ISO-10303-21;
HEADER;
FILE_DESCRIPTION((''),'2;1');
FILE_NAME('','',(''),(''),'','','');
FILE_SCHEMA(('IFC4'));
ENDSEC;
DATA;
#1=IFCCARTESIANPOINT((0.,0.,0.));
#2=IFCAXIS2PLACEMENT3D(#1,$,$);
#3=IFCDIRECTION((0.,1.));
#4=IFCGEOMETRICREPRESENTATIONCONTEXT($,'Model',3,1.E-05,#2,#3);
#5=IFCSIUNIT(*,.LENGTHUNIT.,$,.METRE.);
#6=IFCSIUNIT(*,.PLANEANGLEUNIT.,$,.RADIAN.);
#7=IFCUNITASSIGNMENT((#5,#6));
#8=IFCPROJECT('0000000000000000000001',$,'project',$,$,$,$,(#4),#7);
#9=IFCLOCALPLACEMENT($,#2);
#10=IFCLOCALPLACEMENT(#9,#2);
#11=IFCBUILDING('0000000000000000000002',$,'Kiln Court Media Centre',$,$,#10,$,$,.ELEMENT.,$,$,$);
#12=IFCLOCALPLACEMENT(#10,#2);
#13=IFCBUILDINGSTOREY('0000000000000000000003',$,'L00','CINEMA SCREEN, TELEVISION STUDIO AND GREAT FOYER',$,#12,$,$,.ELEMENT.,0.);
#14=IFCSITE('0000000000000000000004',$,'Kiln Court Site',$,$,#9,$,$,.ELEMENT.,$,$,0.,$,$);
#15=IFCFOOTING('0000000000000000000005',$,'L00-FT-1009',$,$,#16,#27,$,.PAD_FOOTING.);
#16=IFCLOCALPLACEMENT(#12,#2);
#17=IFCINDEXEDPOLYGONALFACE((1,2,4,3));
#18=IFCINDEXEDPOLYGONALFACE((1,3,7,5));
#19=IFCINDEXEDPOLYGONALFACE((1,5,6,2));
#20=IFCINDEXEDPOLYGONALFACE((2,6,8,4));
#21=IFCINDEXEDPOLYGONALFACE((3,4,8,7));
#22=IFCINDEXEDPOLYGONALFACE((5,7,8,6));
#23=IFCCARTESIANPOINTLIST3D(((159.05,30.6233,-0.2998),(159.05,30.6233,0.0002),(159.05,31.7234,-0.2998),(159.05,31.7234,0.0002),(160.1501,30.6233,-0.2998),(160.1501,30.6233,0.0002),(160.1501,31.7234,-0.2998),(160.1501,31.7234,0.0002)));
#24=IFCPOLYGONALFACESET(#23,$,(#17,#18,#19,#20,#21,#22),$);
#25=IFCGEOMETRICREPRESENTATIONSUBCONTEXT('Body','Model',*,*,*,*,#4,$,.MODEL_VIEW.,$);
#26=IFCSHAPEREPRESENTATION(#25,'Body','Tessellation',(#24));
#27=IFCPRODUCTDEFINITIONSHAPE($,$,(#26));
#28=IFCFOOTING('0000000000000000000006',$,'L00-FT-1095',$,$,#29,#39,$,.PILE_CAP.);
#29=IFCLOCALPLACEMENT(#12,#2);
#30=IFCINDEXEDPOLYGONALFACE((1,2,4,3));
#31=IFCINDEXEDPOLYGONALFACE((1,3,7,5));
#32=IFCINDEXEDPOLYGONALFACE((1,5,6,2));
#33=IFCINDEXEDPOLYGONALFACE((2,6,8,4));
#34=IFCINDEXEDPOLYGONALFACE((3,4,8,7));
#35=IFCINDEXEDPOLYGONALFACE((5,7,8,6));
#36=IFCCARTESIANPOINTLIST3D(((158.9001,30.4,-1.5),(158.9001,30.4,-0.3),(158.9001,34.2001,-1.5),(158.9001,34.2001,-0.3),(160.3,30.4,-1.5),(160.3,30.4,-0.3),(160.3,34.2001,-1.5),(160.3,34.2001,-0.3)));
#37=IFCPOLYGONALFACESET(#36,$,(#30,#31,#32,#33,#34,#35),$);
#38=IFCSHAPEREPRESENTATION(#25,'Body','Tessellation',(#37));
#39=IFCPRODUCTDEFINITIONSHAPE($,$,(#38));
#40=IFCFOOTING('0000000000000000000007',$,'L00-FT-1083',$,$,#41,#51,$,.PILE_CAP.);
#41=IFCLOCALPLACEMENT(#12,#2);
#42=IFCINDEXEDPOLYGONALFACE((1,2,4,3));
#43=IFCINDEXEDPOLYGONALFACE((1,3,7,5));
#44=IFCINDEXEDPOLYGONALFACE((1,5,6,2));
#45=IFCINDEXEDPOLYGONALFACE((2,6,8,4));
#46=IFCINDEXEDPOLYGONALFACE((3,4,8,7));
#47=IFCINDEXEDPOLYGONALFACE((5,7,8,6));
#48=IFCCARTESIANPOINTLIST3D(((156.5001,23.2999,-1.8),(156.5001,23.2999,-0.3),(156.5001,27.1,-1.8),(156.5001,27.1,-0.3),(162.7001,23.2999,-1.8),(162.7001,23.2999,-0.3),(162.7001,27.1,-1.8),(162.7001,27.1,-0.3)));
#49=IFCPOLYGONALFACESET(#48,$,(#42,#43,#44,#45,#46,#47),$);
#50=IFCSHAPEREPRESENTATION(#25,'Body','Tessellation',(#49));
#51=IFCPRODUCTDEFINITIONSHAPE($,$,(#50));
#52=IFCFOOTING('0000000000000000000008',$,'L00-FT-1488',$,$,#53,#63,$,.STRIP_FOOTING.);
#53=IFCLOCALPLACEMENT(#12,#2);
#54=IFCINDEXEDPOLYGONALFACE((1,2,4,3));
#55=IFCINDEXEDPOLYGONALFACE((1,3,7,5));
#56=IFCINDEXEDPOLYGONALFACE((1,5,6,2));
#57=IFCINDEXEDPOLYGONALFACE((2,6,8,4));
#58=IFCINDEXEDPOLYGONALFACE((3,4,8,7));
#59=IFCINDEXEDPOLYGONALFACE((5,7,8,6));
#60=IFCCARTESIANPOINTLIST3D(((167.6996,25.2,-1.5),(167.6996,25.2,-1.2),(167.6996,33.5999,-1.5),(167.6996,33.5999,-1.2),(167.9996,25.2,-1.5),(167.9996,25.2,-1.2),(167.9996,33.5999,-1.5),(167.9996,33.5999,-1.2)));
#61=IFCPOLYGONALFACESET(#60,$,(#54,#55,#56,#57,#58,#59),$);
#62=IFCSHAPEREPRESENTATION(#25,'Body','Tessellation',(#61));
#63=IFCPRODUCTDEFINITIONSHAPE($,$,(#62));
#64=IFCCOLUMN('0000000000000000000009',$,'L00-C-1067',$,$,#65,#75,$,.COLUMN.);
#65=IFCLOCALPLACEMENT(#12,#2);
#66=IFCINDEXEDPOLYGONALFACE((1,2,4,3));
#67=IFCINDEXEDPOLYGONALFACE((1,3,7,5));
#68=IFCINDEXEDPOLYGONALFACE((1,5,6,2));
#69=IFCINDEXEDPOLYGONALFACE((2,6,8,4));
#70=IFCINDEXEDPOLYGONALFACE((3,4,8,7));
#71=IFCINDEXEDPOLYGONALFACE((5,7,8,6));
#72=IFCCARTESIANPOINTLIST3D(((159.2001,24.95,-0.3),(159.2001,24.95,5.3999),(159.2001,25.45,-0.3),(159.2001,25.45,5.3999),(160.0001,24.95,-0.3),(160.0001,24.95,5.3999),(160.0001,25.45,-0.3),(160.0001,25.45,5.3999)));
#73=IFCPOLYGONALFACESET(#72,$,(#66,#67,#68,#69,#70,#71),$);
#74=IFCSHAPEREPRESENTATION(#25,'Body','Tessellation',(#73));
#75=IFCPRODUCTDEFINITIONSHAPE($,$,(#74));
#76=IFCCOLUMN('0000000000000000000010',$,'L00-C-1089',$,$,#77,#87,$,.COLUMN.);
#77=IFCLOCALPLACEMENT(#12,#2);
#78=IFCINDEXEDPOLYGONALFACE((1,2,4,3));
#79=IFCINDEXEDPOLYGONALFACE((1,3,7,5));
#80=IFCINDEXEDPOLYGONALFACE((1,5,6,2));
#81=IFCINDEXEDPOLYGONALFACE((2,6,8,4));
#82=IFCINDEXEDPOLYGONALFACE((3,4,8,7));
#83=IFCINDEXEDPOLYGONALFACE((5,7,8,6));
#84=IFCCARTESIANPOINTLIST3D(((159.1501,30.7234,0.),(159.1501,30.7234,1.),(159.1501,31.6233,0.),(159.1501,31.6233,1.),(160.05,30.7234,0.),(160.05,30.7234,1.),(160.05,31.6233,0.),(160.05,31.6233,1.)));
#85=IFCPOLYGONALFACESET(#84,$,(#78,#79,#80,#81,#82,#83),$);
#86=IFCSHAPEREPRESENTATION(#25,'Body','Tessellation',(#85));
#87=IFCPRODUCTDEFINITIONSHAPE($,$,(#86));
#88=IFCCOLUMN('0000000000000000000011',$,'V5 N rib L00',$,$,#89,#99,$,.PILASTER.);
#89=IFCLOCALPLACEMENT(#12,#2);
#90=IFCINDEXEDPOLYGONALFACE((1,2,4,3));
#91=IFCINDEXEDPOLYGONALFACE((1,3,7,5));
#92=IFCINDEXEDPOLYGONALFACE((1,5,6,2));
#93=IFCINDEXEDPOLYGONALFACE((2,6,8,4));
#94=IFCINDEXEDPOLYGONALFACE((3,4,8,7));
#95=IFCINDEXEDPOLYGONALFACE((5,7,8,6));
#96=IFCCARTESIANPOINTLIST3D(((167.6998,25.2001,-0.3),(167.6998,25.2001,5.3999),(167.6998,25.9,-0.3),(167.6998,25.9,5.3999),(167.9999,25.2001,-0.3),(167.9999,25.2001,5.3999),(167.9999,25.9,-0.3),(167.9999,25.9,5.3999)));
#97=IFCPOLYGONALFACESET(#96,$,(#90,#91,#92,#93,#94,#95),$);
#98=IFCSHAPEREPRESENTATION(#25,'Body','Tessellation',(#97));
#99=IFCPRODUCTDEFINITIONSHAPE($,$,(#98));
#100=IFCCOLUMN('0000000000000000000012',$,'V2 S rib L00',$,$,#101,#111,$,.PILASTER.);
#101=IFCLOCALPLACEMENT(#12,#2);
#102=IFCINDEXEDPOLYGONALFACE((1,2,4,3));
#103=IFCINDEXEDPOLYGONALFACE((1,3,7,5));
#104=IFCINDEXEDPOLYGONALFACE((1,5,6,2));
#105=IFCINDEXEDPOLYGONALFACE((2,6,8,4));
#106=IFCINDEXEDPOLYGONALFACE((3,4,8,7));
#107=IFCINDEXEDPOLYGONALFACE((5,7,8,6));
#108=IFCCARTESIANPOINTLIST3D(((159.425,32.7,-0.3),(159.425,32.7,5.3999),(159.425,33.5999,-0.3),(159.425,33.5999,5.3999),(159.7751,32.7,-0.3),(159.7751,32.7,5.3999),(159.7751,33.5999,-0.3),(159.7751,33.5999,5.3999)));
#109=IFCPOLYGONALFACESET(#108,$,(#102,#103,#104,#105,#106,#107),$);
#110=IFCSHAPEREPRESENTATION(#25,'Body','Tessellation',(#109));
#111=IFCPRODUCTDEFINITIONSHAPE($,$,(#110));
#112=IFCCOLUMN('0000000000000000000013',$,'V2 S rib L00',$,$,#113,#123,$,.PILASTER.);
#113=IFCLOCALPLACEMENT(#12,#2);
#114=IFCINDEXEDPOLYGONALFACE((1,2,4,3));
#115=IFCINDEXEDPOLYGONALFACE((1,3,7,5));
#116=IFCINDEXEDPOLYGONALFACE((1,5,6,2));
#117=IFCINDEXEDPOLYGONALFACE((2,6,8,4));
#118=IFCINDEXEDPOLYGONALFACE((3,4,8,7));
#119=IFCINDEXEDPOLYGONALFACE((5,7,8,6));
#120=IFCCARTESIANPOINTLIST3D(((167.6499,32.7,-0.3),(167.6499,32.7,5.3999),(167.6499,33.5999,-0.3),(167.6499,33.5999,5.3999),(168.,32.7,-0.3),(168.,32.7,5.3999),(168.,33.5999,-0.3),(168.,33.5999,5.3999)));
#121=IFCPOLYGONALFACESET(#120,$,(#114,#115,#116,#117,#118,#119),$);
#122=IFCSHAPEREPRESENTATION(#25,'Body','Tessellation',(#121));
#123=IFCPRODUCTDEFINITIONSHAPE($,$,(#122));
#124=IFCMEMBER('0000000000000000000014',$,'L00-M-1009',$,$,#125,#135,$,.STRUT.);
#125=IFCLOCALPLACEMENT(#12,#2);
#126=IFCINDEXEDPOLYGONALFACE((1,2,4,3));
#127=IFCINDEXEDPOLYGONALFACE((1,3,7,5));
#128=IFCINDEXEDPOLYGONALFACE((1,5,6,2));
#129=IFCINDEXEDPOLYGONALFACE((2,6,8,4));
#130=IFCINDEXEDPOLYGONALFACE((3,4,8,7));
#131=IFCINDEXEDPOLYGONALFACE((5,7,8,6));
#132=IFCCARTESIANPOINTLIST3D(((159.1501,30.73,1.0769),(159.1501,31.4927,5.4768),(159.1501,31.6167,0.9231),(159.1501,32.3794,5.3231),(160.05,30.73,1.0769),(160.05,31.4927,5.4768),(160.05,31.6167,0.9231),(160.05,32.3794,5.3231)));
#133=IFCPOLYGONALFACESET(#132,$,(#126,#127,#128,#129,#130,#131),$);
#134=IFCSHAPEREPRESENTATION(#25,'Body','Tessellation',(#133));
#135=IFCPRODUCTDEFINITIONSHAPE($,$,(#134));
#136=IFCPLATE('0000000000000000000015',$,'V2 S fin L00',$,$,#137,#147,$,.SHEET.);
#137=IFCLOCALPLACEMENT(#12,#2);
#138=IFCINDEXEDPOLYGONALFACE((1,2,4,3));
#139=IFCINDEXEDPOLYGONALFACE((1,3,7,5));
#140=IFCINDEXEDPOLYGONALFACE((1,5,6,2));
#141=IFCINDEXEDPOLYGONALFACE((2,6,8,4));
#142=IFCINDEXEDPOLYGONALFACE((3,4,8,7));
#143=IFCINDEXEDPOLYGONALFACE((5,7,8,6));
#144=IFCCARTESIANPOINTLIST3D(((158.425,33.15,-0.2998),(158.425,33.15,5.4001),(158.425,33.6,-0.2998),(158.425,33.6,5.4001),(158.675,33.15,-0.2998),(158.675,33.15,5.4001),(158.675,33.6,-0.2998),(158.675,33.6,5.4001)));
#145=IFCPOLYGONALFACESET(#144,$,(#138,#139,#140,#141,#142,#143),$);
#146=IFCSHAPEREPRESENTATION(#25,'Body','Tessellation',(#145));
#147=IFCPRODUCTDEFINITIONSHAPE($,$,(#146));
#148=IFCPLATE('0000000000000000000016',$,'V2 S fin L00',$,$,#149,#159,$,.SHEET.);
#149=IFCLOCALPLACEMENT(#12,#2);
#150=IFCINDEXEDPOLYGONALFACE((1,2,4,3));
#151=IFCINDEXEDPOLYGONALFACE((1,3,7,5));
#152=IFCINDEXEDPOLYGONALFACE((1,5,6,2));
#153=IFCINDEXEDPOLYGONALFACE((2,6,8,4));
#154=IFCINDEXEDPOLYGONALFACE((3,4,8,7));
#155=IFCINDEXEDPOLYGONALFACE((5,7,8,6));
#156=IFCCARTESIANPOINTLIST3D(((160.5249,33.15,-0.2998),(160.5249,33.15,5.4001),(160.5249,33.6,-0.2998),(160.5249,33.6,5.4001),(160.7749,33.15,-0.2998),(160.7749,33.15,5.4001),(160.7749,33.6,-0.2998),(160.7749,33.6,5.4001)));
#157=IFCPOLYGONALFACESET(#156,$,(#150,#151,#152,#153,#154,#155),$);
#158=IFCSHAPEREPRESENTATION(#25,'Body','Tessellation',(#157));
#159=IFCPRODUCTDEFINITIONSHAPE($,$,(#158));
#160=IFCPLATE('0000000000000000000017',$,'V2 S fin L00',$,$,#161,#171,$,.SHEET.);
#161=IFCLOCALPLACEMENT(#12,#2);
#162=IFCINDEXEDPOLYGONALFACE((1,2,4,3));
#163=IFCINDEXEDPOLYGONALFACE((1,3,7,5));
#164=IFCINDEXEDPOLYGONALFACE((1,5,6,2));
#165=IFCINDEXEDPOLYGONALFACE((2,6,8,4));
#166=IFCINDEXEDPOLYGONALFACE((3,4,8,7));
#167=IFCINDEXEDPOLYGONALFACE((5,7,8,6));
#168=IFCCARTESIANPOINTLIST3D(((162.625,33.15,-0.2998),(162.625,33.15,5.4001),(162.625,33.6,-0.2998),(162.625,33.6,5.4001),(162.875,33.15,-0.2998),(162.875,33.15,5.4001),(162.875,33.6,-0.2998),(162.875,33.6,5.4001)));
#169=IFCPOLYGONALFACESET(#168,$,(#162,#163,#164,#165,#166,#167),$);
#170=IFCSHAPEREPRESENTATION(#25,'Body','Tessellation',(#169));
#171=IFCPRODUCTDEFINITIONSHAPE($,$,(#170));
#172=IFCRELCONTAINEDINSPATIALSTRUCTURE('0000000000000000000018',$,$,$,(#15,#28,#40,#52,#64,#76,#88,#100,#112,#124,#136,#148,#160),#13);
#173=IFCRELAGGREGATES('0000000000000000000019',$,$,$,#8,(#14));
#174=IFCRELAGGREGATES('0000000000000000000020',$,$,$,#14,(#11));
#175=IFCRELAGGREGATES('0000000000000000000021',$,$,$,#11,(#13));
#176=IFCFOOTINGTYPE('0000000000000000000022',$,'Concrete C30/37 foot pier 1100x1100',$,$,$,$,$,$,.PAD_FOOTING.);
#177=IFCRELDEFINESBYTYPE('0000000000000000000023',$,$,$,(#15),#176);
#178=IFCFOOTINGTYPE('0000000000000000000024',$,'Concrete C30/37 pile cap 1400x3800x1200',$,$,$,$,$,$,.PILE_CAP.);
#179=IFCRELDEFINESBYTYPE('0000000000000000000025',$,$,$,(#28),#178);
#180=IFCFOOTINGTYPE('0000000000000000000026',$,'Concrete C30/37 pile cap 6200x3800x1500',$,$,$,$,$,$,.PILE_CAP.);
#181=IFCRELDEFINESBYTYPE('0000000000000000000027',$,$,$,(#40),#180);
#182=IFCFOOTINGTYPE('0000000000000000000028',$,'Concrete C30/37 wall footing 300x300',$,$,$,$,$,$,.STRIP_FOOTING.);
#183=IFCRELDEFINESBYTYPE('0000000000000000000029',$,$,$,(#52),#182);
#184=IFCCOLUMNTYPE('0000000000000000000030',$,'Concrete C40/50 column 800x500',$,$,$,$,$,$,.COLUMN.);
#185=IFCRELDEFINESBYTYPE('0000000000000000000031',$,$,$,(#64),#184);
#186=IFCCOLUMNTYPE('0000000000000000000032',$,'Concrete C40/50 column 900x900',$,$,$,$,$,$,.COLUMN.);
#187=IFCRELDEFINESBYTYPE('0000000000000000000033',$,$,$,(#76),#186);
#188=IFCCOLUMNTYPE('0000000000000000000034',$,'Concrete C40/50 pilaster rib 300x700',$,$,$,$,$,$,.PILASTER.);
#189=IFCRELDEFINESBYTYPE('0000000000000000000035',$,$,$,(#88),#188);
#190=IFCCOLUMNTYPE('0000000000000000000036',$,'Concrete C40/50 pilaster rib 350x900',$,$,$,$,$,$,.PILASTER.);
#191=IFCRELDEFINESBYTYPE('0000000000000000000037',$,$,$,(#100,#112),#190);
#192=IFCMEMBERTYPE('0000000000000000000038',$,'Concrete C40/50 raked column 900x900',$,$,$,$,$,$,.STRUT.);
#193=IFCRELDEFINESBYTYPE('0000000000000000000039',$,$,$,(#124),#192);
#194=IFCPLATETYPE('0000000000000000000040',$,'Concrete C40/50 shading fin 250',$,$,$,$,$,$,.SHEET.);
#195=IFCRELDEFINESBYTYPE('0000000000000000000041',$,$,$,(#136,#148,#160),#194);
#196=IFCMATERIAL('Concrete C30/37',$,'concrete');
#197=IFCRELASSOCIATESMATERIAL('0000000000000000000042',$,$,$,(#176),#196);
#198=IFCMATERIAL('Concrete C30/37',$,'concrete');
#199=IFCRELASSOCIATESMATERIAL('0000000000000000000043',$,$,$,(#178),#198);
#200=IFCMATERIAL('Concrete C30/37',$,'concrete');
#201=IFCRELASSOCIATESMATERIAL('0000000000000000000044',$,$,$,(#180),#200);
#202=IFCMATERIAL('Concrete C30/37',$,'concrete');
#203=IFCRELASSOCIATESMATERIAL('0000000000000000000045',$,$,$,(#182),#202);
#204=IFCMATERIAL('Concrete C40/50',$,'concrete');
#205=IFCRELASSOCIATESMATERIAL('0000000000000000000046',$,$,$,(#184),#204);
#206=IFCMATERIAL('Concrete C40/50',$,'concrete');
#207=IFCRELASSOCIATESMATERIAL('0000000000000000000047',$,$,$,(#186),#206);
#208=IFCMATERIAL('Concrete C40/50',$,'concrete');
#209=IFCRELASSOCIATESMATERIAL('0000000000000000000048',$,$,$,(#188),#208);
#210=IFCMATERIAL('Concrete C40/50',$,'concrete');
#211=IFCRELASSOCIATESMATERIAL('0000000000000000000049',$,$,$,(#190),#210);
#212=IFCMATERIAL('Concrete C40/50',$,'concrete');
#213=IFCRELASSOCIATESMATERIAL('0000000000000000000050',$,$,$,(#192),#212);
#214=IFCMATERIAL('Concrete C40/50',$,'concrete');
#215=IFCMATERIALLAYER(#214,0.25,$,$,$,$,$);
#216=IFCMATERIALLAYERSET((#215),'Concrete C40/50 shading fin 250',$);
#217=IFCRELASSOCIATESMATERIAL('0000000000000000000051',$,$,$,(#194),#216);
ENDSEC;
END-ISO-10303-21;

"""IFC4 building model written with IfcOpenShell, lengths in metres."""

from ifc_helpers import new_model, si_unit, direction, frame, origin, origin_2d, place, context, subcontext, project, spatial, rectangle, extrude, material, layer, layer_set, material_profile, profile_set, type_object, element, save


model = new_model("IFC4")

# Units and contexts
model_context = context("Model", 3, precision=1e-05, world=origin(), true_north=direction((0.0, 1.0)))
body_context = subcontext(model_context, "Body", "Model", "MODEL_VIEW")
ifc_project = project(units=[si_unit("LENGTHUNIT", "METRE"), si_unit("PLANEANGLEUNIT", "RADIAN")], contexts=[model_context])

# Site, building, storey
site_placement = place(None, origin())
site = spatial("IfcSite", under=ifc_project, at=site_placement, Name="Kiln Court Site", CompositionType="ELEMENT", RefElevation=0.0)
building_placement = place(site_placement, origin())
building = spatial("IfcBuilding", under=site, at=building_placement, Name="Kiln Court Media Centre", CompositionType="ELEMENT")
storey_placement = place(building_placement, origin())
storey = spatial("IfcBuildingStorey", under=building, at=storey_placement, Name="L00", Description="CINEMA SCREEN, TELEVISION STUDIO AND GREAT FOYER", CompositionType="ELEMENT", Elevation=0.0)

# Footings
ifc_material_1 = material(Name="Concrete C30/37", Category="concrete")
footing_type_1 = type_object("IfcFootingType", Name="Concrete C30/37 foot pier 1100x1100", PredefinedType="PAD_FOOTING", material=ifc_material_1)
footing_1_placement = place(storey_placement, frame((159.6001, 31.1733, -0.2998), z_axis=(0.0, 0.0, 1.0), x_axis=(1.0, 0.0, 0.0)))
element("IfcFooting", 1, at=footing_1_placement, inside=storey, type_object=footing_type_1, Name="L00-FT-1009", PredefinedType="PAD_FOOTING", context=body_context, shape_type="SweptSolid", body=[
    extrude(rectangle(XDim=1.1001, YDim=1.1001, at=origin_2d()), origin(), (0.0, 0.0, 1.0), 0.3),
])
ifc_material_2 = material(Name="Concrete C30/37", Category="concrete")
footing_type_2 = type_object("IfcFootingType", Name="Concrete C30/37 pile cap 1400x3800x1200", PredefinedType="PILE_CAP", material=ifc_material_2)
footing_2_placement = place(storey_placement, frame((159.6001, 32.3, -1.5), z_axis=(0.0, 0.0, 1.0), x_axis=(1.0, 0.0, 0.0)))
element("IfcFooting", 2, at=footing_2_placement, inside=storey, type_object=footing_type_2, Name="L00-FT-1095", PredefinedType="PILE_CAP", context=body_context, shape_type="SweptSolid", body=[
    extrude(rectangle(XDim=1.3999, YDim=3.8, at=origin_2d()), origin(), (0.0, 0.0, 1.0), 1.2),
])
ifc_material_3 = material(Name="Concrete C30/37", Category="concrete")
footing_type_3 = type_object("IfcFootingType", Name="Concrete C30/37 pile cap 6200x3800x1500", PredefinedType="PILE_CAP", material=ifc_material_3)
footing_3_placement = place(storey_placement, frame((159.6001, 25.2, -1.8), z_axis=(0.0, 0.0, 1.0), x_axis=(1.0, 0.0, 0.0)))
element("IfcFooting", 3, at=footing_3_placement, inside=storey, type_object=footing_type_3, Name="L00-FT-1083", PredefinedType="PILE_CAP", context=body_context, shape_type="SweptSolid", body=[
    extrude(rectangle(XDim=6.2, YDim=3.8, at=origin_2d()), origin(), (0.0, 0.0, 1.0), 1.5),
])
ifc_material_4 = material(Name="Concrete C30/37", Category="concrete")
footing_type_4 = type_object("IfcFootingType", Name="Concrete C30/37 wall footing 300x300", PredefinedType="STRIP_FOOTING", material=ifc_material_4)
footing_4_placement = place(storey_placement, frame((167.8496, 29.3999, -1.5), z_axis=(0.0, 0.0, 1.0), x_axis=(1.0, 0.0, 0.0)))
element("IfcFooting", 4, at=footing_4_placement, inside=storey, type_object=footing_type_4, Name="L00-FT-1488", PredefinedType="STRIP_FOOTING", context=body_context, shape_type="SweptSolid", body=[
    extrude(rectangle(XDim=0.3, YDim=8.3999, at=origin_2d()), origin(), (0.0, 0.0, 1.0), 0.3),
])

# Columns
ifc_material_5 = material(Name="Concrete C40/50", Category="concrete")
ifc_material_profile_1 = material_profile(ifc_material_5, rectangle(XDim=0.8, YDim=0.5, at=origin_2d()), Name="RC 800x500")
ifc_profile_set_1 = profile_set([ifc_material_profile_1], Name="Concrete C40/50")
column_type_1 = type_object("IfcColumnType", Name="Concrete C40/50 column 800x500", PredefinedType="COLUMN", material=ifc_profile_set_1)
column_1_placement = place(storey_placement, frame((159.6001, 25.2, -0.3), z_axis=(0.0, 0.0, 1.0), x_axis=(1.0, 0.0, 0.0)))
element("IfcColumn", 5, at=column_1_placement, inside=storey, type_object=column_type_1, Name="L00-C-1067", PredefinedType="COLUMN", context=body_context, shape_type="SweptSolid", body=[
    extrude(rectangle(XDim=0.8, YDim=0.5, at=origin_2d()), origin(), (0.0, 0.0, 1.0), 5.7),
])
ifc_material_6 = material(Name="Concrete C40/50", Category="concrete")
ifc_material_profile_2 = material_profile(ifc_material_6, rectangle(XDim=0.8999, YDim=0.8999, at=origin_2d()), Name="RC 900x900")
ifc_profile_set_2 = profile_set([ifc_material_profile_2], Name="Concrete C40/50")
column_type_2 = type_object("IfcColumnType", Name="Concrete C40/50 column 900x900", PredefinedType="COLUMN", material=ifc_profile_set_2)
column_2_placement = place(storey_placement, frame((159.6001, 31.1733, 0.0), z_axis=(0.0, 0.0, 1.0), x_axis=(1.0, 0.0, 0.0)))
element("IfcColumn", 6, at=column_2_placement, inside=storey, type_object=column_type_2, Name="L00-C-1089", PredefinedType="COLUMN", context=body_context, shape_type="SweptSolid", body=[
    extrude(rectangle(XDim=0.8999, YDim=0.8999, at=origin_2d()), origin(), (0.0, 0.0, 1.0), 1.0),
])
ifc_material_7 = material(Name="Concrete C40/50", Category="concrete")
ifc_material_profile_3 = material_profile(ifc_material_7, rectangle(XDim=0.3, YDim=0.7, at=origin_2d()), Name="RC 300x700")
ifc_profile_set_3 = profile_set([ifc_material_profile_3], Name="Concrete C40/50")
column_type_3 = type_object("IfcColumnType", Name="Concrete C40/50 pilaster rib 300x700", PredefinedType="PILASTER", material=ifc_profile_set_3)
column_3_placement = place(storey_placement, frame((167.8499, 25.55, -0.3), z_axis=(0.0, 0.0, 1.0), x_axis=(1.0, 0.0, 0.0)))
element("IfcColumn", 7, at=column_3_placement, inside=storey, type_object=column_type_3, Name="V5 N rib L00", PredefinedType="PILASTER", context=body_context, shape_type="SweptSolid", body=[
    extrude(rectangle(XDim=0.3, YDim=0.7, at=origin_2d()), origin(), (0.0, 0.0, 1.0), 5.7),
])
ifc_material_8 = material(Name="Concrete C40/50", Category="concrete")
ifc_material_profile_4 = material_profile(ifc_material_8, rectangle(XDim=0.3501, YDim=0.8999, at=origin_2d()), Name="RC 350x900")
ifc_profile_set_4 = profile_set([ifc_material_profile_4], Name="Concrete C40/50")
column_type_4 = type_object("IfcColumnType", Name="Concrete C40/50 pilaster rib 350x900", PredefinedType="PILASTER", material=ifc_profile_set_4)
for number, where, z_axis, x_axis, name in (
    (8, (159.6001, 33.1499, -0.3), (0.0, 0.0, 1.0), (1.0, 0.0, 0.0), "V2 S rib L00"),
    (9, (167.825, 33.1499, -0.3), (0.0, 0.0, 1.0), (1.0, 0.0, 0.0), "V2 S rib L00"),
):
    element("IfcColumn", number, at=place(storey_placement, frame(where, z_axis=z_axis, x_axis=x_axis)), inside=storey, type_object=column_type_4, Name=name, PredefinedType="PILASTER", context=body_context, shape_type="SweptSolid", body=[
        extrude(rectangle(XDim=0.3501, YDim=0.8999, at=origin_2d()), origin(), (0.0, 0.0, 1.0), 5.7),
    ])

# Member
ifc_material_9 = material(Name="Concrete C40/50", Category="concrete")
ifc_material_profile_5 = material_profile(ifc_material_9, rectangle(XDim=0.8999, YDim=0.8999, at=origin_2d()), Name="RC 900x900")
ifc_profile_set_5 = profile_set([ifc_material_profile_5], Name="Concrete C40/50")
member_type = type_object("IfcMemberType", Name="Concrete C40/50 raked column 900x900", PredefinedType="STRUT", material=ifc_profile_set_5)
member_placement = place(storey_placement, frame((159.6001, 31.1733, 1.0), z_axis=(0.0, 0.170797, 0.985306), x_axis=(-1.0, 0.0, 0.0)))
element("IfcMember", 10, at=member_placement, inside=storey, type_object=member_type, Name="L00-M-1009", PredefinedType="STRUT", context=body_context, shape_type="SweptSolid", body=[
    extrude(rectangle(XDim=0.8999, YDim=0.8999, at=origin_2d()), origin(), (0.0, 0.0, 1.0), 4.4656),
])

# Plates
ifc_material_10 = material(Name="Concrete C40/50", Category="concrete")
ifc_layer_1 = layer(ifc_material_10, 0.25)
ifc_layer_set_1 = layer_set([ifc_layer_1], Name="Concrete C40/50 shading fin 250")
plate_type = type_object("IfcPlateType", Name="Concrete C40/50 shading fin 250", PredefinedType="SHEET", material=ifc_layer_set_1)
for number, where, z_axis, x_axis, name in (
    (11, (158.55, 33.375, -0.2998), (0.0, 0.0, 1.0), (1.0, 0.0, 0.0), "V2 S fin L00"),
    (12, (160.6499, 33.375, -0.2998), (0.0, 0.0, 1.0), (1.0, 0.0, 0.0), "V2 S fin L00"),
    (13, (162.75, 33.375, -0.2998), (0.0, 0.0, 1.0), (1.0, 0.0, 0.0), "V2 S fin L00"),
):
    element("IfcPlate", number, at=place(storey_placement, frame(where, z_axis=z_axis, x_axis=x_axis)), inside=storey, type_object=plate_type, Name=name, PredefinedType="SHEET", context=body_context, shape_type="SweptSolid", body=[
        extrude(rectangle(XDim=0.25, YDim=0.45, at=origin_2d()), origin(), (0.0, 0.0, 1.0), 5.7),
    ])

save(model, "model.ifc")
